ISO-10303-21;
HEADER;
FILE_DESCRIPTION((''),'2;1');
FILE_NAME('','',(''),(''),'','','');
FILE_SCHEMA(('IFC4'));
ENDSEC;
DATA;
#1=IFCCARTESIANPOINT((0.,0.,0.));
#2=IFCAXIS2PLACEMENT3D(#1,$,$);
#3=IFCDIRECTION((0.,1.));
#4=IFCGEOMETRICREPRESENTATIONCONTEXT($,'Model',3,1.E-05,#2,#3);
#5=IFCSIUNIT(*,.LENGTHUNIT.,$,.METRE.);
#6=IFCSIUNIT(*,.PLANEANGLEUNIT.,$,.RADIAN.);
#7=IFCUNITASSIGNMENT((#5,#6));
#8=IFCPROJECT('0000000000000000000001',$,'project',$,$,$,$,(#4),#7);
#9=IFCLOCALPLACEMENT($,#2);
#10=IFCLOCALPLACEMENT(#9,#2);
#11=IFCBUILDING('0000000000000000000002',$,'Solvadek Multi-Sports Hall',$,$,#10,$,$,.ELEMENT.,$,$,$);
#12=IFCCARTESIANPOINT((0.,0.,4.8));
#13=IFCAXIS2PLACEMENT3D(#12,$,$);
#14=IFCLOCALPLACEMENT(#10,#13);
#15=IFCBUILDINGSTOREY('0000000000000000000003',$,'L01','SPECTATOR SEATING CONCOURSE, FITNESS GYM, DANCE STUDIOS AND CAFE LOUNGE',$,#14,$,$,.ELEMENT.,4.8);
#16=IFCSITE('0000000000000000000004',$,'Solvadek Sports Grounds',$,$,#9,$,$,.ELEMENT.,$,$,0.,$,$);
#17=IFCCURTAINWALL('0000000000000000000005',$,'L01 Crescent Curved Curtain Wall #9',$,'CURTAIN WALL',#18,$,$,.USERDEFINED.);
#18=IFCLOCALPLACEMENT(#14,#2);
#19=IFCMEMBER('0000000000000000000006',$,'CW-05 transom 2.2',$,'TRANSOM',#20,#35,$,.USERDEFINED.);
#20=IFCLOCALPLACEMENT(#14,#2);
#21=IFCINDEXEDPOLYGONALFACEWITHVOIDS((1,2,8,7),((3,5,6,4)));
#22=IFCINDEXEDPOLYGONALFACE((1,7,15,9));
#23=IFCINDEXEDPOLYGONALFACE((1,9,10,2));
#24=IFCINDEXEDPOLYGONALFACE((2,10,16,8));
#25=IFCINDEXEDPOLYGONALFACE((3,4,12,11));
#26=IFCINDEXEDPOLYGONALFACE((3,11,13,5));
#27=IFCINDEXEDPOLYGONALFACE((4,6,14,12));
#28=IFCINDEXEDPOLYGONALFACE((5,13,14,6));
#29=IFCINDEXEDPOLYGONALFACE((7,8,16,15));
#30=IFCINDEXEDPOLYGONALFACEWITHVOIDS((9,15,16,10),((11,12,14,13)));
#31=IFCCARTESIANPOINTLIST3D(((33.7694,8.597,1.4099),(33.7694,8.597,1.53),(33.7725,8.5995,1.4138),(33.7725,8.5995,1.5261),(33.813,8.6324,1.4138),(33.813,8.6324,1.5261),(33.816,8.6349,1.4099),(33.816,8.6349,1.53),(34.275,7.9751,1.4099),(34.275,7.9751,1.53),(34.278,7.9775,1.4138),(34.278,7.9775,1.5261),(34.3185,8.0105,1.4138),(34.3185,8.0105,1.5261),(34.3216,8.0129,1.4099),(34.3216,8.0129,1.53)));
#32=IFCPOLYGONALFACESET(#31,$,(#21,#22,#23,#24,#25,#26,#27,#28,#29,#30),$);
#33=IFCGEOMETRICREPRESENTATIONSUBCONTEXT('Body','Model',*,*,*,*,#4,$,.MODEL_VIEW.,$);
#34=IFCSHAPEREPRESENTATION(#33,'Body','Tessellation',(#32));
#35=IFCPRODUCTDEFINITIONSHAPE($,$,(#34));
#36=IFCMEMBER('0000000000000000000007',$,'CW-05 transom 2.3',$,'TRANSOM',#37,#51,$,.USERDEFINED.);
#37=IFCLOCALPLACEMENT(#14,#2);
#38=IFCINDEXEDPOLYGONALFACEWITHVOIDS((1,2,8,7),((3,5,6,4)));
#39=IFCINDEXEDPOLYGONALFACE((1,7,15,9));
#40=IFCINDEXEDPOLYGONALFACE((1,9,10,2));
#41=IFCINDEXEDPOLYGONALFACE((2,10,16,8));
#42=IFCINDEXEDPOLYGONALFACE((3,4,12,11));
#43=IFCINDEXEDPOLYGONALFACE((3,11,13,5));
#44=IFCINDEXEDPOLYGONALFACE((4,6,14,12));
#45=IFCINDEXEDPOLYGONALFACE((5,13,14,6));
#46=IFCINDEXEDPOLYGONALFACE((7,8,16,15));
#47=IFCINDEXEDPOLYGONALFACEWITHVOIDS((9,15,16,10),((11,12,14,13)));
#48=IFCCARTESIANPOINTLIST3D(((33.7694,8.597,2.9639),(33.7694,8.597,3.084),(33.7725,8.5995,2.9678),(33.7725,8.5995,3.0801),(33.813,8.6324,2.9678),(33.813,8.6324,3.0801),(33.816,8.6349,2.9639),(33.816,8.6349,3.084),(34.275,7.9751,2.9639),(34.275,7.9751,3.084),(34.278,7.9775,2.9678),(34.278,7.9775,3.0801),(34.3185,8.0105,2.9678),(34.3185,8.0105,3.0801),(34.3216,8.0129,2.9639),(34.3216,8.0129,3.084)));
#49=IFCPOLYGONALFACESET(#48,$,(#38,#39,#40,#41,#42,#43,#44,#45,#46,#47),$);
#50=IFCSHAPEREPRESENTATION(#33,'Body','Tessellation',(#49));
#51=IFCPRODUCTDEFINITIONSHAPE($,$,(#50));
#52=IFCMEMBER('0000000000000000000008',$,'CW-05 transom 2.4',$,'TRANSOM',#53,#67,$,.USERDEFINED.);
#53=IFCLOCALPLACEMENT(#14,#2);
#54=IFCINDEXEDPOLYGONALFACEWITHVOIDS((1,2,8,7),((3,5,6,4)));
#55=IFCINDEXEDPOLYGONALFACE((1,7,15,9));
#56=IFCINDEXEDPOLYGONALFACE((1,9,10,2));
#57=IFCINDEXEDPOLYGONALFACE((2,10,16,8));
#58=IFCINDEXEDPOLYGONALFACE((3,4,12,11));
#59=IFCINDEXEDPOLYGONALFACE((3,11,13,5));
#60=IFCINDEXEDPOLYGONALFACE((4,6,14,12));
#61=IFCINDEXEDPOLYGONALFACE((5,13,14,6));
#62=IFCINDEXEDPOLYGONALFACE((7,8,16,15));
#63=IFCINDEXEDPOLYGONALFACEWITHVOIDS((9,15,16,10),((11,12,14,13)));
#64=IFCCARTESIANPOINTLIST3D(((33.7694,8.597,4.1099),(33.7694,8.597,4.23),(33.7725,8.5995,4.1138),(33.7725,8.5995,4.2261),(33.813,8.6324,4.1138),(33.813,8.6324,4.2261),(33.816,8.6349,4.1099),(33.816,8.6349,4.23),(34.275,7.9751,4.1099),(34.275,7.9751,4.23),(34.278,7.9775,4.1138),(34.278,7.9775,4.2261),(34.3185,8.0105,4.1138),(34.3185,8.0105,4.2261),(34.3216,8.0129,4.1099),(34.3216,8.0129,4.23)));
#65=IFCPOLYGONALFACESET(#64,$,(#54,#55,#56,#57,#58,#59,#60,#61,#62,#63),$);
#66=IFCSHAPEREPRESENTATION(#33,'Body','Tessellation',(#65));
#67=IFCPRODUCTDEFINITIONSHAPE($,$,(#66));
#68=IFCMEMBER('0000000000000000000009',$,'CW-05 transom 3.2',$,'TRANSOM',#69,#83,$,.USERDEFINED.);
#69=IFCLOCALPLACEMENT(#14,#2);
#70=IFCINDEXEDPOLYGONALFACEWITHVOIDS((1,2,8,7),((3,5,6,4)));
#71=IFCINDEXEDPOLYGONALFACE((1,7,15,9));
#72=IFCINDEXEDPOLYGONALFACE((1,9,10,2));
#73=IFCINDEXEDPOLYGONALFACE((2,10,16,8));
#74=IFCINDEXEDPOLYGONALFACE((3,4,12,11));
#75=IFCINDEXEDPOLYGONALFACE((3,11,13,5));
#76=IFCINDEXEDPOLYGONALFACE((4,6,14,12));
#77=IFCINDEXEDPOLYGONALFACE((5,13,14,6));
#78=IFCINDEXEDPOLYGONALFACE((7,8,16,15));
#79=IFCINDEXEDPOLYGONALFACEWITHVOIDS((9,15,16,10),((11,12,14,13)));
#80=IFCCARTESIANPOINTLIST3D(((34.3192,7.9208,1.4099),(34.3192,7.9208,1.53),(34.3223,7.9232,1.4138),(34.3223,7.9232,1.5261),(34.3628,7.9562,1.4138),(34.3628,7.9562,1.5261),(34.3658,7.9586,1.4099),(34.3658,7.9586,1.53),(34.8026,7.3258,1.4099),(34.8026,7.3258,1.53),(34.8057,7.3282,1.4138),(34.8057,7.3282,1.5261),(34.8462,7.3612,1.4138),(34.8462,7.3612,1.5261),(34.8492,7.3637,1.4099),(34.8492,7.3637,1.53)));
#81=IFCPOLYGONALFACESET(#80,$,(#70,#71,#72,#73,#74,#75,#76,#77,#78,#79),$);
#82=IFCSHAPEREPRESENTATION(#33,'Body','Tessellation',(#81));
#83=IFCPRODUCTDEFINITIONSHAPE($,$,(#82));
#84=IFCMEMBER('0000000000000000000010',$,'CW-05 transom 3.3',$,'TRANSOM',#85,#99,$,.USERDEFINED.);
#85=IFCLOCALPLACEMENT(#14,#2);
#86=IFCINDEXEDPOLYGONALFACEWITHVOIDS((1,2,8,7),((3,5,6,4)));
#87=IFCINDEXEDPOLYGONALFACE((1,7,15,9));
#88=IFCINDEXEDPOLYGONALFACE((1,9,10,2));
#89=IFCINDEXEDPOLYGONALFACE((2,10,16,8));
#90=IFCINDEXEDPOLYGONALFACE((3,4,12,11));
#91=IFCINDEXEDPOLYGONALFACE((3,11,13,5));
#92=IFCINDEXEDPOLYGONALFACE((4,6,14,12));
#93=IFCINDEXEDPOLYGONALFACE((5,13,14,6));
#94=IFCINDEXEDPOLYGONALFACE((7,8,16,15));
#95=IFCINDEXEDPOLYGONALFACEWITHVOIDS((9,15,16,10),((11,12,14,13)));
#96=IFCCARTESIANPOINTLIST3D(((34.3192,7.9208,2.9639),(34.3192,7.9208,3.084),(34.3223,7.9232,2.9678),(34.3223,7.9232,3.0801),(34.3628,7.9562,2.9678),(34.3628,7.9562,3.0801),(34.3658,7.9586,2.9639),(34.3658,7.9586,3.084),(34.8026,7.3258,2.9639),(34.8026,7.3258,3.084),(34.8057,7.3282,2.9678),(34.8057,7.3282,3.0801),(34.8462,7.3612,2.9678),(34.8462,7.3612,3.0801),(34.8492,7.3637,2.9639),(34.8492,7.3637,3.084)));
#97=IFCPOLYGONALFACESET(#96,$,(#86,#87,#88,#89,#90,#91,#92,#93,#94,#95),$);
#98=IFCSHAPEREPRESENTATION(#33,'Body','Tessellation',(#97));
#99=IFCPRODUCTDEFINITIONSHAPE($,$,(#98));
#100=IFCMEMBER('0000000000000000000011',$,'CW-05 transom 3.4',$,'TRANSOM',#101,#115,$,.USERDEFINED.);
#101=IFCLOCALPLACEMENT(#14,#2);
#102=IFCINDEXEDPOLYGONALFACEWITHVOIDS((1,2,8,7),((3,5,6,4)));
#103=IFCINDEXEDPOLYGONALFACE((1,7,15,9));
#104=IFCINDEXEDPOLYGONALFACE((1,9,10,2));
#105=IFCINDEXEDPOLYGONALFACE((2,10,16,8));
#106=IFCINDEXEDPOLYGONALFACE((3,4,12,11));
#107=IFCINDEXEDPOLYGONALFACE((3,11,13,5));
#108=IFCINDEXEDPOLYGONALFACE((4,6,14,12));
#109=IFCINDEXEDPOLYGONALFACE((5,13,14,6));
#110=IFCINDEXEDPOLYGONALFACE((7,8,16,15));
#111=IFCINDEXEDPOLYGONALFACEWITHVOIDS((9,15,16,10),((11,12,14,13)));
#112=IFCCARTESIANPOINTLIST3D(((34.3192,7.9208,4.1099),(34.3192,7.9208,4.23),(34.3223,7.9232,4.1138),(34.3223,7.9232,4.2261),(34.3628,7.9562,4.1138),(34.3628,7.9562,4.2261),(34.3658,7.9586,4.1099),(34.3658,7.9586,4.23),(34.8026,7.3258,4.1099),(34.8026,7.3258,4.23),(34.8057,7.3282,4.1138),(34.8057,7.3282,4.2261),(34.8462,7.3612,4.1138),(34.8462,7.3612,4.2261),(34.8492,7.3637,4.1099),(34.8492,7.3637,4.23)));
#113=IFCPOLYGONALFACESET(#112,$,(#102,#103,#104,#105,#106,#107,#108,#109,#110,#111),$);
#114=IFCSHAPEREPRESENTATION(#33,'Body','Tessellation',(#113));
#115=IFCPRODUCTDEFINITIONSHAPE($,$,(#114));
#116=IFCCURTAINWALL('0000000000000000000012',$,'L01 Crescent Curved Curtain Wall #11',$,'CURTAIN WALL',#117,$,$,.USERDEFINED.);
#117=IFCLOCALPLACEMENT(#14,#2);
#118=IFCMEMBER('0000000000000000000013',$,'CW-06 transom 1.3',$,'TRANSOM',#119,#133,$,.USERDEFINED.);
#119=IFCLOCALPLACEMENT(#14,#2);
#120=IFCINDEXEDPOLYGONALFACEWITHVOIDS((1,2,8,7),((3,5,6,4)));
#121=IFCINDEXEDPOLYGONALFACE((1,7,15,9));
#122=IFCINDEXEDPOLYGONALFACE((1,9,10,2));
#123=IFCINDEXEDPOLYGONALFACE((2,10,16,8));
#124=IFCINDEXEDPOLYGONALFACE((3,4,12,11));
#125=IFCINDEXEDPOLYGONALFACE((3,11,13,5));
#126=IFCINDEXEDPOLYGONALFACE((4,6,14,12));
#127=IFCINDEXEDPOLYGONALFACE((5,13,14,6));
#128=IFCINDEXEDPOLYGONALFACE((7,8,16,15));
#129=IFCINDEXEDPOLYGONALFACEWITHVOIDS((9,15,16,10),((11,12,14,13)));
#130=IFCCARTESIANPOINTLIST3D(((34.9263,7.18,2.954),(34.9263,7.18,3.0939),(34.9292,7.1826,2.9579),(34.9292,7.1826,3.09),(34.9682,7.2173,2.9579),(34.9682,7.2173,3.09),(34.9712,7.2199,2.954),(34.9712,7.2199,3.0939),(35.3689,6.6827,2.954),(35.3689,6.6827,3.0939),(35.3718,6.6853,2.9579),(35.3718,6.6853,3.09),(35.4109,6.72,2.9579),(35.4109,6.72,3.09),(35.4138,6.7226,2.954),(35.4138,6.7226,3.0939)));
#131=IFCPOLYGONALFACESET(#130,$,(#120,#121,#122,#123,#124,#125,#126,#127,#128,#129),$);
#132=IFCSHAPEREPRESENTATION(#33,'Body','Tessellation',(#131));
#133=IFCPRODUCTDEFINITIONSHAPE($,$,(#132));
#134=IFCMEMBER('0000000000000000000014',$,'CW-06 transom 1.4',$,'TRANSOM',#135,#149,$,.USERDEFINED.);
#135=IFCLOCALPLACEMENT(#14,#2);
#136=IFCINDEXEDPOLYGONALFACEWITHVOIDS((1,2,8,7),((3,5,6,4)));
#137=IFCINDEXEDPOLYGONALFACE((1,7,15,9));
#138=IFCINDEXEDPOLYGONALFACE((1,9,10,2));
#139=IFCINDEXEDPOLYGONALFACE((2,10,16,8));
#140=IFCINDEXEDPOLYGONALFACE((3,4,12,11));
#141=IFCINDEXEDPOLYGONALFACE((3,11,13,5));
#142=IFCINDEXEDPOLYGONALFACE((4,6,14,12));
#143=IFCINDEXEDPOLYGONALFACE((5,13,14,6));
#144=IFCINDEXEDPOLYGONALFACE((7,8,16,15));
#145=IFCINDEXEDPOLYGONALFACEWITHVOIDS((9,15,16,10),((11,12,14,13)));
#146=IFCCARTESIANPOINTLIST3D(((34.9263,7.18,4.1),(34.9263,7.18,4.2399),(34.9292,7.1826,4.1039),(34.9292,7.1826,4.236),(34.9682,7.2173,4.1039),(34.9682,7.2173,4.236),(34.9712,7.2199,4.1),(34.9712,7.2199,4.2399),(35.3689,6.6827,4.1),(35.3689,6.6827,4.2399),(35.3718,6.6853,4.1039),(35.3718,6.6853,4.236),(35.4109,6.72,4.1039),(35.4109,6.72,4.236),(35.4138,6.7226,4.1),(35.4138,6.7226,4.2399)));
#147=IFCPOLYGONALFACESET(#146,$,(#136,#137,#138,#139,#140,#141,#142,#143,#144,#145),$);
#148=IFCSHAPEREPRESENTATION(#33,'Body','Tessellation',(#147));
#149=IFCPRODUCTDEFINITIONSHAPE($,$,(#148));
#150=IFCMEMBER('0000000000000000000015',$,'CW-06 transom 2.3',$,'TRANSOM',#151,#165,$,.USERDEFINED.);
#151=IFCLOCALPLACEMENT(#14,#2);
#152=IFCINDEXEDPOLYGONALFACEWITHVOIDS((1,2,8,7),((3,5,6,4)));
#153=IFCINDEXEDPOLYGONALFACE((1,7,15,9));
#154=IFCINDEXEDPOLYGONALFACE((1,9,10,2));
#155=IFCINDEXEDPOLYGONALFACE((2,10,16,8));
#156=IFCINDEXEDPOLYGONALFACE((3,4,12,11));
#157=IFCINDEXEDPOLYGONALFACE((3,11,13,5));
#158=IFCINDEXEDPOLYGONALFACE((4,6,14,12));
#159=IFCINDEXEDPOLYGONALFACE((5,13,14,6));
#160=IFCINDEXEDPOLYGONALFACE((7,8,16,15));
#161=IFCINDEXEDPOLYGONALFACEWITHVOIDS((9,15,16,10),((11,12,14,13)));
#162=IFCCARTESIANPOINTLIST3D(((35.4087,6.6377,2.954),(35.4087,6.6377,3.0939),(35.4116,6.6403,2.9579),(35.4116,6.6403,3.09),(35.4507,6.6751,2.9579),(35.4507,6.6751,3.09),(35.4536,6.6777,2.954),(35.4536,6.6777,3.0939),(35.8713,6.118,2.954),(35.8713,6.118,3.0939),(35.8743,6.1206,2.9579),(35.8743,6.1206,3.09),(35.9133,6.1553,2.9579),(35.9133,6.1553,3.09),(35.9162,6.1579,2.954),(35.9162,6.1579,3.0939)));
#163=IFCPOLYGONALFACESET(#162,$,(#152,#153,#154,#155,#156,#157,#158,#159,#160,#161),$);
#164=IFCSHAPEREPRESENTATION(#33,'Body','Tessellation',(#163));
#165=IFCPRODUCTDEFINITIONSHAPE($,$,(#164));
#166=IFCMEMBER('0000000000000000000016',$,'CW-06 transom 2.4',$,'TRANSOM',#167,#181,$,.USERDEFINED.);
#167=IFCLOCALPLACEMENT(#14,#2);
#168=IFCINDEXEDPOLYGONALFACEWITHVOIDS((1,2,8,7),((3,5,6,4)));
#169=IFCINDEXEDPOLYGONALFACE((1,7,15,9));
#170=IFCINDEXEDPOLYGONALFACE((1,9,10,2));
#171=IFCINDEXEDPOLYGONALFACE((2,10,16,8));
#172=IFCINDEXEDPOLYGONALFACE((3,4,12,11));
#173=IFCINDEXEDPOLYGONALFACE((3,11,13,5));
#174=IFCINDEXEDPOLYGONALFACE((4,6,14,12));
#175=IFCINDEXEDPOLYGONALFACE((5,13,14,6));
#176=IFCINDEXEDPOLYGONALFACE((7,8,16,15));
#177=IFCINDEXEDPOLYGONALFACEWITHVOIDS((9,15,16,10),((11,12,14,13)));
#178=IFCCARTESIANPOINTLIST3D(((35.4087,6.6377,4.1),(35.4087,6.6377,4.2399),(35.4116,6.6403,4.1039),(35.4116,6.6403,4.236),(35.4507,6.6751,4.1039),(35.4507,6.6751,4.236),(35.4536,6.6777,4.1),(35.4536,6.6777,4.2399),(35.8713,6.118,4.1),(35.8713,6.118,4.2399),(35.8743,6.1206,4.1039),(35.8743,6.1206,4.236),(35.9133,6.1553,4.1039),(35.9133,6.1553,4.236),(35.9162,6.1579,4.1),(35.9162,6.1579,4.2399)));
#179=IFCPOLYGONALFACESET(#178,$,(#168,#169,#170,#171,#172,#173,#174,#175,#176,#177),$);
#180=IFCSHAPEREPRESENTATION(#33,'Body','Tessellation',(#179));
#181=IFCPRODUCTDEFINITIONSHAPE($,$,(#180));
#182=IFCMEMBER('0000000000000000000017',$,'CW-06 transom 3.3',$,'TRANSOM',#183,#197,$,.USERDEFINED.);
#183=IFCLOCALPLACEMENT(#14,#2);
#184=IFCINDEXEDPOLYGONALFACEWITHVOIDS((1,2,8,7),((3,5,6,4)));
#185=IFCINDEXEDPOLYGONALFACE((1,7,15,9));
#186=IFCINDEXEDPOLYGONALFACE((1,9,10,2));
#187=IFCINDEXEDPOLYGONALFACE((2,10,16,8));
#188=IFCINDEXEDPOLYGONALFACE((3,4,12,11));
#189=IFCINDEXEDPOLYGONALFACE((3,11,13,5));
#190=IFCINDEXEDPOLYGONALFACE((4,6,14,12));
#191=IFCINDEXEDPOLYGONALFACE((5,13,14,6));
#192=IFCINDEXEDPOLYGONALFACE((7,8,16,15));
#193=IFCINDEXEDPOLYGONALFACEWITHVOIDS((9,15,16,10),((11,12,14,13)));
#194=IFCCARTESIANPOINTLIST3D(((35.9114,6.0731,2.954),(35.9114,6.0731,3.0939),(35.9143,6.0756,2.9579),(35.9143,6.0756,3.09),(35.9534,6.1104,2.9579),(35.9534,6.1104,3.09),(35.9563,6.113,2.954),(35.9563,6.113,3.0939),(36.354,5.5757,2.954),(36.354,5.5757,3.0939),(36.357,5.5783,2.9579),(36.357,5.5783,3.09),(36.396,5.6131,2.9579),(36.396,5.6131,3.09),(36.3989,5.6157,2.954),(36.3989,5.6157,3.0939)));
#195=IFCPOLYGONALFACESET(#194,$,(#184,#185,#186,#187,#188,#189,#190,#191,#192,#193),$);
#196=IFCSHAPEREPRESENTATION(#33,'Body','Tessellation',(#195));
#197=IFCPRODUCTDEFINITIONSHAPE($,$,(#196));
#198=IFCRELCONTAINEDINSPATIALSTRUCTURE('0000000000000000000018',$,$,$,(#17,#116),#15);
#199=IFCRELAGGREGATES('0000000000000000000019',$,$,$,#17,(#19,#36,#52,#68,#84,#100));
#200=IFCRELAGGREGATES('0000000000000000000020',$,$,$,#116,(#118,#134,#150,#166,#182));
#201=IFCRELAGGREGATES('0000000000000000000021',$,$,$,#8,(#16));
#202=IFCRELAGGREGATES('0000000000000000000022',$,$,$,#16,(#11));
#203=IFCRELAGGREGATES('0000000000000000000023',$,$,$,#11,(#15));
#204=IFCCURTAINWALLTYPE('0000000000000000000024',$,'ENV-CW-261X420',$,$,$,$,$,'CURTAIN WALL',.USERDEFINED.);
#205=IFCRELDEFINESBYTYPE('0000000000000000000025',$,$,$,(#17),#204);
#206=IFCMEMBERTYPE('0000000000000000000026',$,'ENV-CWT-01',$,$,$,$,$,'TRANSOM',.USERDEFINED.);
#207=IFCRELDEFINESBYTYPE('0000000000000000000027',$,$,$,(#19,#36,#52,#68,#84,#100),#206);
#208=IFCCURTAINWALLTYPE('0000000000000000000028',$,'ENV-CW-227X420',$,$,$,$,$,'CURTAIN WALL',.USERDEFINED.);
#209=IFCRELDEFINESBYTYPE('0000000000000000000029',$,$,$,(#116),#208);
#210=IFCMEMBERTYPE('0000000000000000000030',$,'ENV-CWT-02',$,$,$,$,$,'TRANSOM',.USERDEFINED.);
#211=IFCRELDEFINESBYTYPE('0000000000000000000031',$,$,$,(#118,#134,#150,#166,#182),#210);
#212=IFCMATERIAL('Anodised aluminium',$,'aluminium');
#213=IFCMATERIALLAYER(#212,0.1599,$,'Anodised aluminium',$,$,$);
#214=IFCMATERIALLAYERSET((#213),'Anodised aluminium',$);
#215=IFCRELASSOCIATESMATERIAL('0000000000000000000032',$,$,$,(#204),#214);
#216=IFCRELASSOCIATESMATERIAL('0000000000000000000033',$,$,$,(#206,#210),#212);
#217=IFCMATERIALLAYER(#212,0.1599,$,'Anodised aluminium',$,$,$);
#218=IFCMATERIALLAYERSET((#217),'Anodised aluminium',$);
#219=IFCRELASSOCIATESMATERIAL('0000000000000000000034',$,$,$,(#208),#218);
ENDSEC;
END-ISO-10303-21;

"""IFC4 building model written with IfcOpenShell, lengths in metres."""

from ifc_helpers import new_model, si_unit, direction, frame, origin, origin_2d, place, context, subcontext, project, spatial, hollow_rectangle, extrude, material, layer, layer_set, material_profile, profile_set, type_object, element, aggregate, save


model = new_model("IFC4")

# Units and contexts
model_context = context("Model", 3, precision=1e-05, world=origin(), true_north=direction((0.0, 1.0)))
body_context = subcontext(model_context, "Body", "Model", "MODEL_VIEW")
ifc_project = project(units=[si_unit("LENGTHUNIT", "METRE"), si_unit("PLANEANGLEUNIT", "RADIAN")], contexts=[model_context])

# Site, building, storey
site_placement = place(None, origin())
site = spatial("IfcSite", under=ifc_project, at=site_placement, Name="Solvadek Sports Grounds", CompositionType="ELEMENT", RefElevation=0.0)
building_placement = place(site_placement, origin())
building = spatial("IfcBuilding", under=site, at=building_placement, Name="Solvadek Multi-Sports Hall", CompositionType="ELEMENT")
storey_placement = place(building_placement, frame((0.0, 0.0, 4.8)))
storey = spatial("IfcBuildingStorey", under=building, at=storey_placement, Name="L01", Description="SPECTATOR SEATING CONCOURSE, FITNESS GYM, DANCE STUDIOS AND CAFE LOUNGE", CompositionType="ELEMENT", Elevation=4.8)

# Curtain walls, members
ifc_material_1 = material(Name="Anodised aluminium", Category="aluminium")
ifc_layer_1 = layer(ifc_material_1, 0.1599, Name="Anodised aluminium")
ifc_layer_set_1 = layer_set([ifc_layer_1], Name="Anodised aluminium")
curtain_wall_type_1 = type_object("IfcCurtainWallType", Name="ENV-CW-261X420", ElementType="CURTAIN WALL", PredefinedType="USERDEFINED", material=ifc_layer_set_1)
curtain_wall_1_placement = place(storey_placement, origin())
curtain_wall_1 = element("IfcCurtainWall", 1, at=curtain_wall_1_placement, inside=storey, type_object=curtain_wall_type_1, Name="L01 Crescent Curved Curtain Wall #9", ObjectType="CURTAIN WALL", PredefinedType="USERDEFINED")
ifc_material_profile_1 = material_profile(ifc_material_1, hollow_rectangle(XDim=0.0601, YDim=0.1201, WallThickness=0.0039, at=origin_2d()), Name="ALU-T 120x60x4")
ifc_profile_set_1 = profile_set([ifc_material_profile_1], Name="Anodised aluminium")
member_type_1 = type_object("IfcMemberType", Name="ENV-CWT-01", ElementType="TRANSOM", PredefinedType="USERDEFINED", material=ifc_profile_set_1)
member_1_placement = place(storey_placement, frame((33.7927, 8.616, 1.47), z_axis=(0.63073, -0.776002, 0.0), x_axis=(0.776002, 0.63073, 0.0)))
member_1 = element("IfcMember", 2, at=member_1_placement, type_object=member_type_1, Name="CW-05 transom 2.2", ObjectType="TRANSOM", PredefinedType="USERDEFINED", context=body_context, shape_type="SweptSolid", body=[
    extrude(hollow_rectangle(XDim=0.0601, YDim=0.1201, WallThickness=0.0039, at=origin_2d()), origin(), (0.0, 0.0, 1.0), 0.8015),
])
member_2_placement = place(storey_placement, frame((33.7927, 8.616, 3.0239), z_axis=(0.63073, -0.776002, 0.0), x_axis=(0.776002, 0.63073, 0.0)))
member_2 = element("IfcMember", 3, at=member_2_placement, type_object=member_type_1, Name="CW-05 transom 2.3", ObjectType="TRANSOM", PredefinedType="USERDEFINED", context=body_context, shape_type="SweptSolid", body=[
    extrude(hollow_rectangle(XDim=0.0601, YDim=0.1201, WallThickness=0.0039, at=origin_2d()), origin(), (0.0, 0.0, 1.0), 0.8015),
])
member_3_placement = place(storey_placement, frame((33.7927, 8.616, 4.1699), z_axis=(0.63073, -0.776002, 0.0), x_axis=(0.776002, 0.63073, 0.0)))
member_3 = element("IfcMember", 4, at=member_3_placement, type_object=member_type_1, Name="CW-05 transom 2.4", ObjectType="TRANSOM", PredefinedType="USERDEFINED", context=body_context, shape_type="SweptSolid", body=[
    extrude(hollow_rectangle(XDim=0.0601, YDim=0.1201, WallThickness=0.0039, at=origin_2d()), origin(), (0.0, 0.0, 1.0), 0.8015),
])
member_4_placement = place(storey_placement, frame((34.3425, 7.9397, 1.47), z_axis=(0.630581, -0.776124, 0.0), x_axis=(0.776124, 0.630581, 0.0)))
member_4 = element("IfcMember", 5, at=member_4_placement, type_object=member_type_1, Name="CW-05 transom 3.2", ObjectType="TRANSOM", PredefinedType="USERDEFINED", context=body_context, shape_type="SweptSolid", body=[
    extrude(hollow_rectangle(XDim=0.0601, YDim=0.1201, WallThickness=0.0039, at=origin_2d()), origin(), (0.0, 0.0, 1.0), 0.7666),
])
member_5_placement = place(storey_placement, frame((34.3425, 7.9397, 3.0239), z_axis=(0.630581, -0.776124, 0.0), x_axis=(0.776124, 0.630581, 0.0)))
member_5 = element("IfcMember", 6, at=member_5_placement, type_object=member_type_1, Name="CW-05 transom 3.3", ObjectType="TRANSOM", PredefinedType="USERDEFINED", context=body_context, shape_type="SweptSolid", body=[
    extrude(hollow_rectangle(XDim=0.0601, YDim=0.1201, WallThickness=0.0039, at=origin_2d()), origin(), (0.0, 0.0, 1.0), 0.7666),
])
member_6_placement = place(storey_placement, frame((34.3425, 7.9397, 4.1699), z_axis=(0.630581, -0.776124, 0.0), x_axis=(0.776124, 0.630581, 0.0)))
member_6 = element("IfcMember", 7, at=member_6_placement, type_object=member_type_1, Name="CW-05 transom 3.4", ObjectType="TRANSOM", PredefinedType="USERDEFINED", context=body_context, shape_type="SweptSolid", body=[
    extrude(hollow_rectangle(XDim=0.0601, YDim=0.1201, WallThickness=0.0039, at=origin_2d()), origin(), (0.0, 0.0, 1.0), 0.7666),
])
ifc_layer_2 = layer(ifc_material_1, 0.1599, Name="Anodised aluminium")
ifc_layer_set_2 = layer_set([ifc_layer_2], Name="Anodised aluminium")
curtain_wall_type_2 = type_object("IfcCurtainWallType", Name="ENV-CW-227X420", ElementType="CURTAIN WALL", PredefinedType="USERDEFINED", material=ifc_layer_set_2)
curtain_wall_2_placement = place(storey_placement, origin())
curtain_wall_2 = element("IfcCurtainWall", 8, at=curtain_wall_2_placement, inside=storey, type_object=curtain_wall_type_2, Name="L01 Crescent Curved Curtain Wall #11", ObjectType="CURTAIN WALL", PredefinedType="USERDEFINED")
ifc_material_profile_2 = material_profile(ifc_material_1, hollow_rectangle(XDim=0.0601, YDim=0.1399, WallThickness=0.0039, at=origin_2d()), Name="ALU-T 140x60x4")
ifc_profile_set_2 = profile_set([ifc_material_profile_2], Name="Anodised aluminium")
member_type_2 = type_object("IfcMemberType", Name="ENV-CWT-02", ElementType="TRANSOM", PredefinedType="USERDEFINED", material=ifc_profile_set_2)
member_7_placement = place(storey_placement, frame((34.9487, 7.2, 3.0239), z_axis=(0.664842, -0.746984, 0.0), x_axis=(0.746984, 0.664842, 0.0)))
member_7 = element("IfcMember", 9, at=member_7_placement, type_object=member_type_2, Name="CW-06 transom 1.3", ObjectType="TRANSOM", PredefinedType="USERDEFINED", context=body_context, shape_type="SweptSolid", body=[
    extrude(hollow_rectangle(XDim=0.0601, YDim=0.1399, WallThickness=0.0039, at=origin_2d()), origin(), (0.0, 0.0, 1.0), 0.6658),
])
member_8_placement = place(storey_placement, frame((34.9487, 7.2, 4.1699), z_axis=(0.664842, -0.746984, 0.0), x_axis=(0.746984, 0.664842, 0.0)))
member_8 = element("IfcMember", 10, at=member_8_placement, type_object=member_type_2, Name="CW-06 transom 1.4", ObjectType="TRANSOM", PredefinedType="USERDEFINED", context=body_context, shape_type="SweptSolid", body=[
    extrude(hollow_rectangle(XDim=0.0601, YDim=0.1399, WallThickness=0.0039, at=origin_2d()), origin(), (0.0, 0.0, 1.0), 0.6658),
])
member_9_placement = place(storey_placement, frame((35.4312, 6.6577, 3.0239), z_axis=(0.664865, -0.746964, 0.0), x_axis=(0.746964, 0.664865, 0.0)))
member_9 = element("IfcMember", 11, at=member_9_placement, type_object=member_type_2, Name="CW-06 transom 2.3", ObjectType="TRANSOM", PredefinedType="USERDEFINED", context=body_context, shape_type="SweptSolid", body=[
    extrude(hollow_rectangle(XDim=0.0601, YDim=0.1399, WallThickness=0.0039, at=origin_2d()), origin(), (0.0, 0.0, 1.0), 0.6958),
])
member_10_placement = place(storey_placement, frame((35.4312, 6.6577, 4.1699), z_axis=(0.664865, -0.746964, 0.0), x_axis=(0.746964, 0.664865, 0.0)))
member_10 = element("IfcMember", 12, at=member_10_placement, type_object=member_type_2, Name="CW-06 transom 2.4", ObjectType="TRANSOM", PredefinedType="USERDEFINED", context=body_context, shape_type="SweptSolid", body=[
    extrude(hollow_rectangle(XDim=0.0601, YDim=0.1399, WallThickness=0.0039, at=origin_2d()), origin(), (0.0, 0.0, 1.0), 0.6958),
])
member_11_placement = place(storey_placement, frame((35.9338, 6.093, 3.0239), z_axis=(0.664842, -0.746984, 0.0), x_axis=(0.746984, 0.664842, 0.0)))
member_11 = element("IfcMember", 13, at=member_11_placement, type_object=member_type_2, Name="CW-06 transom 3.3", ObjectType="TRANSOM", PredefinedType="USERDEFINED", context=body_context, shape_type="SweptSolid", body=[
    extrude(hollow_rectangle(XDim=0.0601, YDim=0.1399, WallThickness=0.0039, at=origin_2d()), origin(), (0.0, 0.0, 1.0), 0.6658),
])

aggregate(curtain_wall_1, [member_1, member_2, member_3, member_4, member_5, member_6])
aggregate(curtain_wall_2, [member_7, member_8, member_9, member_10, member_11])

save(model, "model.ifc")
